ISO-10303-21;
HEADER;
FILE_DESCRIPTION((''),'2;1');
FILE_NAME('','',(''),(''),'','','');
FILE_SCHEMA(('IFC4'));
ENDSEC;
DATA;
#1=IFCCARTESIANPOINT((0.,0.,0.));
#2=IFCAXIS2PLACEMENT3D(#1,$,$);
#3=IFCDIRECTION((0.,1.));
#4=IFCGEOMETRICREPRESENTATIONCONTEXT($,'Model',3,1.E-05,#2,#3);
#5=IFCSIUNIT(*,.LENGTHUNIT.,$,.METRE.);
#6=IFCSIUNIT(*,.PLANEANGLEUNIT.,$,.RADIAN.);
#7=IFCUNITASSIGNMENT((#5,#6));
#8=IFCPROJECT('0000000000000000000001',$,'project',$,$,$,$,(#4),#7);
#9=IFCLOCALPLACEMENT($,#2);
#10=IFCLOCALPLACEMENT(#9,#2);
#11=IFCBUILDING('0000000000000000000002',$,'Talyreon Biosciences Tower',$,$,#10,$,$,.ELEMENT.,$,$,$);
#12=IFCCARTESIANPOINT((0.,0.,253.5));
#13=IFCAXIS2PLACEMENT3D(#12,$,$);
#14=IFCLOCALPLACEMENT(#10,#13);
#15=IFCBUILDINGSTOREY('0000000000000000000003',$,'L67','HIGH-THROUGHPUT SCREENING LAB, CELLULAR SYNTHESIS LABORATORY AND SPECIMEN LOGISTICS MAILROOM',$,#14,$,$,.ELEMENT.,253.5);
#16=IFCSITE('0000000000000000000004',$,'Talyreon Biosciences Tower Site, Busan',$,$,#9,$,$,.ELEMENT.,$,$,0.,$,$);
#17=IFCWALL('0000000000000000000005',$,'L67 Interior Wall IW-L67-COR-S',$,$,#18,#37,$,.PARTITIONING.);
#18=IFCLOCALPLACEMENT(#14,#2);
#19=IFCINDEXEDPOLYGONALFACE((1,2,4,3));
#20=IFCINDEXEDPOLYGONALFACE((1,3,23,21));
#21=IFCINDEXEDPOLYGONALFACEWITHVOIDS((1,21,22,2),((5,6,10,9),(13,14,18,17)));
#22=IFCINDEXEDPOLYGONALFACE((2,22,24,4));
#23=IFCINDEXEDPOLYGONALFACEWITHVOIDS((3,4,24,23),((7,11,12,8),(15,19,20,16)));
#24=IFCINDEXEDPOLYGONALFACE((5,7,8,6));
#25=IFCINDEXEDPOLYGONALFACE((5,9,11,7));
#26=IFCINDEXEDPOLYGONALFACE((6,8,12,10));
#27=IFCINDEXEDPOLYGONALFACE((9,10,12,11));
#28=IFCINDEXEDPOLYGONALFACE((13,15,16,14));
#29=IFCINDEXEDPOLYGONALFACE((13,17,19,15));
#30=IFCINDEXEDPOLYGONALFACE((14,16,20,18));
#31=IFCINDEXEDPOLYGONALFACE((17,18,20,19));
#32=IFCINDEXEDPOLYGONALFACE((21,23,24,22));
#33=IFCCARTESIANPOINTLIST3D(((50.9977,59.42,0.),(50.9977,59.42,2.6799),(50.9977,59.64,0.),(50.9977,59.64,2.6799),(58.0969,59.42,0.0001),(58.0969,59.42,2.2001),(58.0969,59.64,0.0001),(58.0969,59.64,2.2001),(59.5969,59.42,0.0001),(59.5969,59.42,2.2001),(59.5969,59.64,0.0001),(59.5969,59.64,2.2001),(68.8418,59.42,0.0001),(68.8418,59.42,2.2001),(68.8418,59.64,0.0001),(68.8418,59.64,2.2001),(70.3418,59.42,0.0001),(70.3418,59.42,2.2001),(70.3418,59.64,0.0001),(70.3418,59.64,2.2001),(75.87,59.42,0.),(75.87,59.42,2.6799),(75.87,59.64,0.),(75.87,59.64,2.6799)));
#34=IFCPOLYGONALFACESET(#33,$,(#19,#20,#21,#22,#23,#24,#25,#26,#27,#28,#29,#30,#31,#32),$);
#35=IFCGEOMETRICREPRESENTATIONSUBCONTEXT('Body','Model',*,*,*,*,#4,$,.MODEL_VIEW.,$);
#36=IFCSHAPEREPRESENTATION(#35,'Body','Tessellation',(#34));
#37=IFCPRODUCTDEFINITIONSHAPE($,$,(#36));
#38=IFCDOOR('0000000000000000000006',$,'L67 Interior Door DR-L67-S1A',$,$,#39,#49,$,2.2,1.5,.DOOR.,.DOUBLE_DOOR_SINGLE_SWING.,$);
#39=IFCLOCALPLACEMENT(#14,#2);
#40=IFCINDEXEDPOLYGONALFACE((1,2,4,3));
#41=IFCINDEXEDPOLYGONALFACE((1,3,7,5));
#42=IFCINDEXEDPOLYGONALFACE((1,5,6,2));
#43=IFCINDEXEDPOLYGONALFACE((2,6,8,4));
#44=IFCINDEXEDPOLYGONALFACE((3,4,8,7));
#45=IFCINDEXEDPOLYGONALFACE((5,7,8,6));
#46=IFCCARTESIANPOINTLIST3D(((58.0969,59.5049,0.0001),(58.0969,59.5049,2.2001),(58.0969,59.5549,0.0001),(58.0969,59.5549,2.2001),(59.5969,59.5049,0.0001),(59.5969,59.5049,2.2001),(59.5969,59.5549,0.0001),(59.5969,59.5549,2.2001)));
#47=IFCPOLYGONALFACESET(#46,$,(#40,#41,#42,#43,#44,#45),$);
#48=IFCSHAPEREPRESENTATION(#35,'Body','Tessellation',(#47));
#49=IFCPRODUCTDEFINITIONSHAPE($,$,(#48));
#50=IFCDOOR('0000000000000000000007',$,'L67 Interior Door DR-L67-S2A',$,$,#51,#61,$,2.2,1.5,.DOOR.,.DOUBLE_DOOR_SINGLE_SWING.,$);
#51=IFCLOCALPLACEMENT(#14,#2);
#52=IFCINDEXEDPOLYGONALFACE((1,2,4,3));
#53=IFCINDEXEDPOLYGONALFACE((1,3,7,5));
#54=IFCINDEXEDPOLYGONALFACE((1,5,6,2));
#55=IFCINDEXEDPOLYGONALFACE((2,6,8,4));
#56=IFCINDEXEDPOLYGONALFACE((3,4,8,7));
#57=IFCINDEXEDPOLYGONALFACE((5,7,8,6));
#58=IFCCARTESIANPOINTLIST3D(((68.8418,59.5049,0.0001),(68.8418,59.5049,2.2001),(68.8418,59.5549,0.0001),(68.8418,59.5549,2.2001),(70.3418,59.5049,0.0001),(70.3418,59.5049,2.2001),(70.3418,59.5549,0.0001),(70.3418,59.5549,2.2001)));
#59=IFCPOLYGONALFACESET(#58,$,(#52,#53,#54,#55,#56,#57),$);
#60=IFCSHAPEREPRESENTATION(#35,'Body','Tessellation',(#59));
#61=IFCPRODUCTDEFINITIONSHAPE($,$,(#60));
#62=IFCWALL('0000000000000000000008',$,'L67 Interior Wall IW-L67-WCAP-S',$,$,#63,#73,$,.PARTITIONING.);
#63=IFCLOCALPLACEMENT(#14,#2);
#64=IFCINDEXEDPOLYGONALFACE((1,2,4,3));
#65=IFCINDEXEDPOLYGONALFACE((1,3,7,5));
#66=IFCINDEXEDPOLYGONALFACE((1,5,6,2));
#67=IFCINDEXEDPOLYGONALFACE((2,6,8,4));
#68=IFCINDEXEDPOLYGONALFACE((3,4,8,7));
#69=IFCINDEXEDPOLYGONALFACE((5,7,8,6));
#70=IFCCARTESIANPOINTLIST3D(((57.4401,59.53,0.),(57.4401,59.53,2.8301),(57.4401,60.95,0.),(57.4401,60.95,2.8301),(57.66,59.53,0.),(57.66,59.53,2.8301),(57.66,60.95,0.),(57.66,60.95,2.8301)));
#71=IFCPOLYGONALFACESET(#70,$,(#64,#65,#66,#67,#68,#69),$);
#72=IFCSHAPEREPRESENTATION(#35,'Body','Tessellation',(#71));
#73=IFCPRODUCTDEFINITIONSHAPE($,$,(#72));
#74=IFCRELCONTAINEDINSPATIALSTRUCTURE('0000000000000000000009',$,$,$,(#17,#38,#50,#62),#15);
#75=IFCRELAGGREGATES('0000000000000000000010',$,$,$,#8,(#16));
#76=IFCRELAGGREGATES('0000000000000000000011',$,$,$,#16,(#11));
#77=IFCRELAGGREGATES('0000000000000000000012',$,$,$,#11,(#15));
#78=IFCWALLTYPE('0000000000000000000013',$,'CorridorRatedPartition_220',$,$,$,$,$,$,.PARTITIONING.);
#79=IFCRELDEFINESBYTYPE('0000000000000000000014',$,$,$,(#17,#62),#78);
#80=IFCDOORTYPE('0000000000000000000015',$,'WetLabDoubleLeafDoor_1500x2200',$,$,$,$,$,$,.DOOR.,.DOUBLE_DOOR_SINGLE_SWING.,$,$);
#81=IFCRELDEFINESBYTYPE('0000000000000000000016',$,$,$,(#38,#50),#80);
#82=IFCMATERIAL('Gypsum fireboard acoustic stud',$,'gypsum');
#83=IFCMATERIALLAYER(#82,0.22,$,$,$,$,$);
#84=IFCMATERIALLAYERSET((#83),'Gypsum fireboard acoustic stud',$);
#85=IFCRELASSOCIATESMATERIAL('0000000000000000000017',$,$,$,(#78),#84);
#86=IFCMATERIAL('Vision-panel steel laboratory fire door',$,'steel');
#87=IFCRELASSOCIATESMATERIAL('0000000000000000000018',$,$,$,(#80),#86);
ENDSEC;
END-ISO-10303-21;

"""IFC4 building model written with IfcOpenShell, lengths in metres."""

from ifc_helpers import new_model, si_unit, direction, frame, frame_2d, origin, place, context, subcontext, project, spatial, rectangle, extrude, material, layer, layer_set, type_object, element, fill, save


model = new_model("IFC4")

# Units and contexts
model_context = context("Model", 3, precision=1e-05, world=origin(), true_north=direction((0.0, 1.0)))
body_context = subcontext(model_context, "Body", "Model", "MODEL_VIEW")
ifc_project = project(units=[si_unit("LENGTHUNIT", "METRE"), si_unit("PLANEANGLEUNIT", "RADIAN")], contexts=[model_context])

# Site, building, storey
site_placement = place(None, origin())
site = spatial("IfcSite", under=ifc_project, at=site_placement, Name="Talyreon Biosciences Tower Site, Busan", CompositionType="ELEMENT", RefElevation=0.0)
building_placement = place(site_placement, origin())
building = spatial("IfcBuilding", under=site, at=building_placement, Name="Talyreon Biosciences Tower", CompositionType="ELEMENT")
storey_placement = place(building_placement, frame((0.0, 0.0, 253.5)))
storey = spatial("IfcBuildingStorey", under=building, at=storey_placement, Name="L67", Description="HIGH-THROUGHPUT SCREENING LAB, CELLULAR SYNTHESIS LABORATORY AND SPECIMEN LOGISTICS MAILROOM", CompositionType="ELEMENT", Elevation=253.5)

# Wall, openings, doors
ifc_material_1 = material(Name="Gypsum fireboard acoustic stud", Category="gypsum")
ifc_layer_1 = layer(ifc_material_1, 0.22)
ifc_layer_set_1 = layer_set([ifc_layer_1], Name="Gypsum fireboard acoustic stud")
wall_type_1 = type_object("IfcWallType", Name="CorridorRatedPartition_220", PredefinedType="PARTITIONING", material=ifc_layer_set_1)
wall_1_placement = place(storey_placement, frame((50.9978, 59.53, 0.0), z_axis=(0.0, 0.0, 1.0), x_axis=(1.0, 0.0, 0.0)))
wall_1 = element("IfcWall", 1, at=wall_1_placement, inside=storey, type_object=wall_type_1, Name="L67 Interior Wall IW-L67-COR-S", PredefinedType="PARTITIONING", context=body_context, shape_type="SweptSolid", body=[
    extrude(rectangle(XDim=24.8723, YDim=0.22, at=frame_2d((12.436, 0.0))), origin(), (0.0, 0.0, 1.0), 2.6799),
])
opening_1_placement = place(wall_1_placement, frame((7.0991, 0.0, 0.0)))
opening_1 = element("IfcOpeningElement", 2, at=opening_1_placement, cuts=wall_1, PredefinedType="OPENING", context=body_context, shape_type="SweptSolid", body=[
    extrude(rectangle(XDim=1.5, YDim=2.2, at=frame_2d((0.75, 1.1001))), frame((0.0, 0.1199, 0.0), z_axis=(0.0, -1.0, 0.0), x_axis=(1.0, 0.0, 0.0)), (0.0, 0.0, 1.0), 0.24),
])
opening_2_placement = place(wall_1_placement, frame((17.844, 0.0, 0.0)))
opening_2 = element("IfcOpeningElement", 3, at=opening_2_placement, cuts=wall_1, PredefinedType="OPENING", context=body_context, shape_type="SweptSolid", body=[
    extrude(rectangle(XDim=1.5, YDim=2.2, at=frame_2d((0.75, 1.1001))), frame((0.0, 0.1199, 0.0), z_axis=(0.0, -1.0, 0.0), x_axis=(1.0, 0.0, 0.0)), (0.0, 0.0, 1.0), 0.24),
])
ifc_material_2 = material(Name="Vision-panel steel laboratory fire door", Category="steel")
door_type_1 = type_object("IfcDoorType", Name="WetLabDoubleLeafDoor_1500x2200", OperationType="DOUBLE_DOOR_SINGLE_SWING", PredefinedType="DOOR", material=ifc_material_2)
door_1_placement = place(opening_1_placement, origin())
door_1 = element("IfcDoor", 4, at=door_1_placement, inside=storey, type_object=door_type_1, Name="L67 Interior Door DR-L67-S1A", OperationType="DOUBLE_DOOR_SINGLE_SWING", OverallHeight=2.2, OverallWidth=1.5, PredefinedType="DOOR", context=body_context, shape_type="SweptSolid", body=[
    extrude(rectangle(XDim=1.5, YDim=2.2, at=frame_2d((0.75, 1.1001))), frame((0.0, 0.0249, 0.0), z_axis=(0.0, -1.0, 0.0), x_axis=(1.0, 0.0, 0.0)), (0.0, 0.0, 1.0), 0.05),
])
fill(opening_1, door_1)
door_2_placement = place(opening_2_placement, origin())
door_2 = element("IfcDoor", 5, at=door_2_placement, inside=storey, type_object=door_type_1, Name="L67 Interior Door DR-L67-S2A", OperationType="DOUBLE_DOOR_SINGLE_SWING", OverallHeight=2.2, OverallWidth=1.5, PredefinedType="DOOR", context=body_context, shape_type="SweptSolid", body=[
    extrude(rectangle(XDim=1.5, YDim=2.2, at=frame_2d((0.75, 1.1001))), frame((0.0, 0.0249, 0.0), z_axis=(0.0, -1.0, 0.0), x_axis=(1.0, 0.0, 0.0)), (0.0, 0.0, 1.0), 0.05),
])
fill(opening_2, door_2)

# Wall
wall_2_placement = place(storey_placement, frame((57.55, 59.53, 0.0), z_axis=(0.0, 0.0, 1.0), x_axis=(0.0, 1.0, 0.0)))
element("IfcWall", 6, at=wall_2_placement, inside=storey, type_object=wall_type_1, Name="L67 Interior Wall IW-L67-WCAP-S", PredefinedType="PARTITIONING", context=body_context, shape_type="SweptSolid", body=[
    extrude(rectangle(XDim=1.4199, YDim=0.22, at=frame_2d((0.71, 0.0))), origin(), (0.0, 0.0, 1.0), 2.8301),
])

save(model, "model.ifc")
